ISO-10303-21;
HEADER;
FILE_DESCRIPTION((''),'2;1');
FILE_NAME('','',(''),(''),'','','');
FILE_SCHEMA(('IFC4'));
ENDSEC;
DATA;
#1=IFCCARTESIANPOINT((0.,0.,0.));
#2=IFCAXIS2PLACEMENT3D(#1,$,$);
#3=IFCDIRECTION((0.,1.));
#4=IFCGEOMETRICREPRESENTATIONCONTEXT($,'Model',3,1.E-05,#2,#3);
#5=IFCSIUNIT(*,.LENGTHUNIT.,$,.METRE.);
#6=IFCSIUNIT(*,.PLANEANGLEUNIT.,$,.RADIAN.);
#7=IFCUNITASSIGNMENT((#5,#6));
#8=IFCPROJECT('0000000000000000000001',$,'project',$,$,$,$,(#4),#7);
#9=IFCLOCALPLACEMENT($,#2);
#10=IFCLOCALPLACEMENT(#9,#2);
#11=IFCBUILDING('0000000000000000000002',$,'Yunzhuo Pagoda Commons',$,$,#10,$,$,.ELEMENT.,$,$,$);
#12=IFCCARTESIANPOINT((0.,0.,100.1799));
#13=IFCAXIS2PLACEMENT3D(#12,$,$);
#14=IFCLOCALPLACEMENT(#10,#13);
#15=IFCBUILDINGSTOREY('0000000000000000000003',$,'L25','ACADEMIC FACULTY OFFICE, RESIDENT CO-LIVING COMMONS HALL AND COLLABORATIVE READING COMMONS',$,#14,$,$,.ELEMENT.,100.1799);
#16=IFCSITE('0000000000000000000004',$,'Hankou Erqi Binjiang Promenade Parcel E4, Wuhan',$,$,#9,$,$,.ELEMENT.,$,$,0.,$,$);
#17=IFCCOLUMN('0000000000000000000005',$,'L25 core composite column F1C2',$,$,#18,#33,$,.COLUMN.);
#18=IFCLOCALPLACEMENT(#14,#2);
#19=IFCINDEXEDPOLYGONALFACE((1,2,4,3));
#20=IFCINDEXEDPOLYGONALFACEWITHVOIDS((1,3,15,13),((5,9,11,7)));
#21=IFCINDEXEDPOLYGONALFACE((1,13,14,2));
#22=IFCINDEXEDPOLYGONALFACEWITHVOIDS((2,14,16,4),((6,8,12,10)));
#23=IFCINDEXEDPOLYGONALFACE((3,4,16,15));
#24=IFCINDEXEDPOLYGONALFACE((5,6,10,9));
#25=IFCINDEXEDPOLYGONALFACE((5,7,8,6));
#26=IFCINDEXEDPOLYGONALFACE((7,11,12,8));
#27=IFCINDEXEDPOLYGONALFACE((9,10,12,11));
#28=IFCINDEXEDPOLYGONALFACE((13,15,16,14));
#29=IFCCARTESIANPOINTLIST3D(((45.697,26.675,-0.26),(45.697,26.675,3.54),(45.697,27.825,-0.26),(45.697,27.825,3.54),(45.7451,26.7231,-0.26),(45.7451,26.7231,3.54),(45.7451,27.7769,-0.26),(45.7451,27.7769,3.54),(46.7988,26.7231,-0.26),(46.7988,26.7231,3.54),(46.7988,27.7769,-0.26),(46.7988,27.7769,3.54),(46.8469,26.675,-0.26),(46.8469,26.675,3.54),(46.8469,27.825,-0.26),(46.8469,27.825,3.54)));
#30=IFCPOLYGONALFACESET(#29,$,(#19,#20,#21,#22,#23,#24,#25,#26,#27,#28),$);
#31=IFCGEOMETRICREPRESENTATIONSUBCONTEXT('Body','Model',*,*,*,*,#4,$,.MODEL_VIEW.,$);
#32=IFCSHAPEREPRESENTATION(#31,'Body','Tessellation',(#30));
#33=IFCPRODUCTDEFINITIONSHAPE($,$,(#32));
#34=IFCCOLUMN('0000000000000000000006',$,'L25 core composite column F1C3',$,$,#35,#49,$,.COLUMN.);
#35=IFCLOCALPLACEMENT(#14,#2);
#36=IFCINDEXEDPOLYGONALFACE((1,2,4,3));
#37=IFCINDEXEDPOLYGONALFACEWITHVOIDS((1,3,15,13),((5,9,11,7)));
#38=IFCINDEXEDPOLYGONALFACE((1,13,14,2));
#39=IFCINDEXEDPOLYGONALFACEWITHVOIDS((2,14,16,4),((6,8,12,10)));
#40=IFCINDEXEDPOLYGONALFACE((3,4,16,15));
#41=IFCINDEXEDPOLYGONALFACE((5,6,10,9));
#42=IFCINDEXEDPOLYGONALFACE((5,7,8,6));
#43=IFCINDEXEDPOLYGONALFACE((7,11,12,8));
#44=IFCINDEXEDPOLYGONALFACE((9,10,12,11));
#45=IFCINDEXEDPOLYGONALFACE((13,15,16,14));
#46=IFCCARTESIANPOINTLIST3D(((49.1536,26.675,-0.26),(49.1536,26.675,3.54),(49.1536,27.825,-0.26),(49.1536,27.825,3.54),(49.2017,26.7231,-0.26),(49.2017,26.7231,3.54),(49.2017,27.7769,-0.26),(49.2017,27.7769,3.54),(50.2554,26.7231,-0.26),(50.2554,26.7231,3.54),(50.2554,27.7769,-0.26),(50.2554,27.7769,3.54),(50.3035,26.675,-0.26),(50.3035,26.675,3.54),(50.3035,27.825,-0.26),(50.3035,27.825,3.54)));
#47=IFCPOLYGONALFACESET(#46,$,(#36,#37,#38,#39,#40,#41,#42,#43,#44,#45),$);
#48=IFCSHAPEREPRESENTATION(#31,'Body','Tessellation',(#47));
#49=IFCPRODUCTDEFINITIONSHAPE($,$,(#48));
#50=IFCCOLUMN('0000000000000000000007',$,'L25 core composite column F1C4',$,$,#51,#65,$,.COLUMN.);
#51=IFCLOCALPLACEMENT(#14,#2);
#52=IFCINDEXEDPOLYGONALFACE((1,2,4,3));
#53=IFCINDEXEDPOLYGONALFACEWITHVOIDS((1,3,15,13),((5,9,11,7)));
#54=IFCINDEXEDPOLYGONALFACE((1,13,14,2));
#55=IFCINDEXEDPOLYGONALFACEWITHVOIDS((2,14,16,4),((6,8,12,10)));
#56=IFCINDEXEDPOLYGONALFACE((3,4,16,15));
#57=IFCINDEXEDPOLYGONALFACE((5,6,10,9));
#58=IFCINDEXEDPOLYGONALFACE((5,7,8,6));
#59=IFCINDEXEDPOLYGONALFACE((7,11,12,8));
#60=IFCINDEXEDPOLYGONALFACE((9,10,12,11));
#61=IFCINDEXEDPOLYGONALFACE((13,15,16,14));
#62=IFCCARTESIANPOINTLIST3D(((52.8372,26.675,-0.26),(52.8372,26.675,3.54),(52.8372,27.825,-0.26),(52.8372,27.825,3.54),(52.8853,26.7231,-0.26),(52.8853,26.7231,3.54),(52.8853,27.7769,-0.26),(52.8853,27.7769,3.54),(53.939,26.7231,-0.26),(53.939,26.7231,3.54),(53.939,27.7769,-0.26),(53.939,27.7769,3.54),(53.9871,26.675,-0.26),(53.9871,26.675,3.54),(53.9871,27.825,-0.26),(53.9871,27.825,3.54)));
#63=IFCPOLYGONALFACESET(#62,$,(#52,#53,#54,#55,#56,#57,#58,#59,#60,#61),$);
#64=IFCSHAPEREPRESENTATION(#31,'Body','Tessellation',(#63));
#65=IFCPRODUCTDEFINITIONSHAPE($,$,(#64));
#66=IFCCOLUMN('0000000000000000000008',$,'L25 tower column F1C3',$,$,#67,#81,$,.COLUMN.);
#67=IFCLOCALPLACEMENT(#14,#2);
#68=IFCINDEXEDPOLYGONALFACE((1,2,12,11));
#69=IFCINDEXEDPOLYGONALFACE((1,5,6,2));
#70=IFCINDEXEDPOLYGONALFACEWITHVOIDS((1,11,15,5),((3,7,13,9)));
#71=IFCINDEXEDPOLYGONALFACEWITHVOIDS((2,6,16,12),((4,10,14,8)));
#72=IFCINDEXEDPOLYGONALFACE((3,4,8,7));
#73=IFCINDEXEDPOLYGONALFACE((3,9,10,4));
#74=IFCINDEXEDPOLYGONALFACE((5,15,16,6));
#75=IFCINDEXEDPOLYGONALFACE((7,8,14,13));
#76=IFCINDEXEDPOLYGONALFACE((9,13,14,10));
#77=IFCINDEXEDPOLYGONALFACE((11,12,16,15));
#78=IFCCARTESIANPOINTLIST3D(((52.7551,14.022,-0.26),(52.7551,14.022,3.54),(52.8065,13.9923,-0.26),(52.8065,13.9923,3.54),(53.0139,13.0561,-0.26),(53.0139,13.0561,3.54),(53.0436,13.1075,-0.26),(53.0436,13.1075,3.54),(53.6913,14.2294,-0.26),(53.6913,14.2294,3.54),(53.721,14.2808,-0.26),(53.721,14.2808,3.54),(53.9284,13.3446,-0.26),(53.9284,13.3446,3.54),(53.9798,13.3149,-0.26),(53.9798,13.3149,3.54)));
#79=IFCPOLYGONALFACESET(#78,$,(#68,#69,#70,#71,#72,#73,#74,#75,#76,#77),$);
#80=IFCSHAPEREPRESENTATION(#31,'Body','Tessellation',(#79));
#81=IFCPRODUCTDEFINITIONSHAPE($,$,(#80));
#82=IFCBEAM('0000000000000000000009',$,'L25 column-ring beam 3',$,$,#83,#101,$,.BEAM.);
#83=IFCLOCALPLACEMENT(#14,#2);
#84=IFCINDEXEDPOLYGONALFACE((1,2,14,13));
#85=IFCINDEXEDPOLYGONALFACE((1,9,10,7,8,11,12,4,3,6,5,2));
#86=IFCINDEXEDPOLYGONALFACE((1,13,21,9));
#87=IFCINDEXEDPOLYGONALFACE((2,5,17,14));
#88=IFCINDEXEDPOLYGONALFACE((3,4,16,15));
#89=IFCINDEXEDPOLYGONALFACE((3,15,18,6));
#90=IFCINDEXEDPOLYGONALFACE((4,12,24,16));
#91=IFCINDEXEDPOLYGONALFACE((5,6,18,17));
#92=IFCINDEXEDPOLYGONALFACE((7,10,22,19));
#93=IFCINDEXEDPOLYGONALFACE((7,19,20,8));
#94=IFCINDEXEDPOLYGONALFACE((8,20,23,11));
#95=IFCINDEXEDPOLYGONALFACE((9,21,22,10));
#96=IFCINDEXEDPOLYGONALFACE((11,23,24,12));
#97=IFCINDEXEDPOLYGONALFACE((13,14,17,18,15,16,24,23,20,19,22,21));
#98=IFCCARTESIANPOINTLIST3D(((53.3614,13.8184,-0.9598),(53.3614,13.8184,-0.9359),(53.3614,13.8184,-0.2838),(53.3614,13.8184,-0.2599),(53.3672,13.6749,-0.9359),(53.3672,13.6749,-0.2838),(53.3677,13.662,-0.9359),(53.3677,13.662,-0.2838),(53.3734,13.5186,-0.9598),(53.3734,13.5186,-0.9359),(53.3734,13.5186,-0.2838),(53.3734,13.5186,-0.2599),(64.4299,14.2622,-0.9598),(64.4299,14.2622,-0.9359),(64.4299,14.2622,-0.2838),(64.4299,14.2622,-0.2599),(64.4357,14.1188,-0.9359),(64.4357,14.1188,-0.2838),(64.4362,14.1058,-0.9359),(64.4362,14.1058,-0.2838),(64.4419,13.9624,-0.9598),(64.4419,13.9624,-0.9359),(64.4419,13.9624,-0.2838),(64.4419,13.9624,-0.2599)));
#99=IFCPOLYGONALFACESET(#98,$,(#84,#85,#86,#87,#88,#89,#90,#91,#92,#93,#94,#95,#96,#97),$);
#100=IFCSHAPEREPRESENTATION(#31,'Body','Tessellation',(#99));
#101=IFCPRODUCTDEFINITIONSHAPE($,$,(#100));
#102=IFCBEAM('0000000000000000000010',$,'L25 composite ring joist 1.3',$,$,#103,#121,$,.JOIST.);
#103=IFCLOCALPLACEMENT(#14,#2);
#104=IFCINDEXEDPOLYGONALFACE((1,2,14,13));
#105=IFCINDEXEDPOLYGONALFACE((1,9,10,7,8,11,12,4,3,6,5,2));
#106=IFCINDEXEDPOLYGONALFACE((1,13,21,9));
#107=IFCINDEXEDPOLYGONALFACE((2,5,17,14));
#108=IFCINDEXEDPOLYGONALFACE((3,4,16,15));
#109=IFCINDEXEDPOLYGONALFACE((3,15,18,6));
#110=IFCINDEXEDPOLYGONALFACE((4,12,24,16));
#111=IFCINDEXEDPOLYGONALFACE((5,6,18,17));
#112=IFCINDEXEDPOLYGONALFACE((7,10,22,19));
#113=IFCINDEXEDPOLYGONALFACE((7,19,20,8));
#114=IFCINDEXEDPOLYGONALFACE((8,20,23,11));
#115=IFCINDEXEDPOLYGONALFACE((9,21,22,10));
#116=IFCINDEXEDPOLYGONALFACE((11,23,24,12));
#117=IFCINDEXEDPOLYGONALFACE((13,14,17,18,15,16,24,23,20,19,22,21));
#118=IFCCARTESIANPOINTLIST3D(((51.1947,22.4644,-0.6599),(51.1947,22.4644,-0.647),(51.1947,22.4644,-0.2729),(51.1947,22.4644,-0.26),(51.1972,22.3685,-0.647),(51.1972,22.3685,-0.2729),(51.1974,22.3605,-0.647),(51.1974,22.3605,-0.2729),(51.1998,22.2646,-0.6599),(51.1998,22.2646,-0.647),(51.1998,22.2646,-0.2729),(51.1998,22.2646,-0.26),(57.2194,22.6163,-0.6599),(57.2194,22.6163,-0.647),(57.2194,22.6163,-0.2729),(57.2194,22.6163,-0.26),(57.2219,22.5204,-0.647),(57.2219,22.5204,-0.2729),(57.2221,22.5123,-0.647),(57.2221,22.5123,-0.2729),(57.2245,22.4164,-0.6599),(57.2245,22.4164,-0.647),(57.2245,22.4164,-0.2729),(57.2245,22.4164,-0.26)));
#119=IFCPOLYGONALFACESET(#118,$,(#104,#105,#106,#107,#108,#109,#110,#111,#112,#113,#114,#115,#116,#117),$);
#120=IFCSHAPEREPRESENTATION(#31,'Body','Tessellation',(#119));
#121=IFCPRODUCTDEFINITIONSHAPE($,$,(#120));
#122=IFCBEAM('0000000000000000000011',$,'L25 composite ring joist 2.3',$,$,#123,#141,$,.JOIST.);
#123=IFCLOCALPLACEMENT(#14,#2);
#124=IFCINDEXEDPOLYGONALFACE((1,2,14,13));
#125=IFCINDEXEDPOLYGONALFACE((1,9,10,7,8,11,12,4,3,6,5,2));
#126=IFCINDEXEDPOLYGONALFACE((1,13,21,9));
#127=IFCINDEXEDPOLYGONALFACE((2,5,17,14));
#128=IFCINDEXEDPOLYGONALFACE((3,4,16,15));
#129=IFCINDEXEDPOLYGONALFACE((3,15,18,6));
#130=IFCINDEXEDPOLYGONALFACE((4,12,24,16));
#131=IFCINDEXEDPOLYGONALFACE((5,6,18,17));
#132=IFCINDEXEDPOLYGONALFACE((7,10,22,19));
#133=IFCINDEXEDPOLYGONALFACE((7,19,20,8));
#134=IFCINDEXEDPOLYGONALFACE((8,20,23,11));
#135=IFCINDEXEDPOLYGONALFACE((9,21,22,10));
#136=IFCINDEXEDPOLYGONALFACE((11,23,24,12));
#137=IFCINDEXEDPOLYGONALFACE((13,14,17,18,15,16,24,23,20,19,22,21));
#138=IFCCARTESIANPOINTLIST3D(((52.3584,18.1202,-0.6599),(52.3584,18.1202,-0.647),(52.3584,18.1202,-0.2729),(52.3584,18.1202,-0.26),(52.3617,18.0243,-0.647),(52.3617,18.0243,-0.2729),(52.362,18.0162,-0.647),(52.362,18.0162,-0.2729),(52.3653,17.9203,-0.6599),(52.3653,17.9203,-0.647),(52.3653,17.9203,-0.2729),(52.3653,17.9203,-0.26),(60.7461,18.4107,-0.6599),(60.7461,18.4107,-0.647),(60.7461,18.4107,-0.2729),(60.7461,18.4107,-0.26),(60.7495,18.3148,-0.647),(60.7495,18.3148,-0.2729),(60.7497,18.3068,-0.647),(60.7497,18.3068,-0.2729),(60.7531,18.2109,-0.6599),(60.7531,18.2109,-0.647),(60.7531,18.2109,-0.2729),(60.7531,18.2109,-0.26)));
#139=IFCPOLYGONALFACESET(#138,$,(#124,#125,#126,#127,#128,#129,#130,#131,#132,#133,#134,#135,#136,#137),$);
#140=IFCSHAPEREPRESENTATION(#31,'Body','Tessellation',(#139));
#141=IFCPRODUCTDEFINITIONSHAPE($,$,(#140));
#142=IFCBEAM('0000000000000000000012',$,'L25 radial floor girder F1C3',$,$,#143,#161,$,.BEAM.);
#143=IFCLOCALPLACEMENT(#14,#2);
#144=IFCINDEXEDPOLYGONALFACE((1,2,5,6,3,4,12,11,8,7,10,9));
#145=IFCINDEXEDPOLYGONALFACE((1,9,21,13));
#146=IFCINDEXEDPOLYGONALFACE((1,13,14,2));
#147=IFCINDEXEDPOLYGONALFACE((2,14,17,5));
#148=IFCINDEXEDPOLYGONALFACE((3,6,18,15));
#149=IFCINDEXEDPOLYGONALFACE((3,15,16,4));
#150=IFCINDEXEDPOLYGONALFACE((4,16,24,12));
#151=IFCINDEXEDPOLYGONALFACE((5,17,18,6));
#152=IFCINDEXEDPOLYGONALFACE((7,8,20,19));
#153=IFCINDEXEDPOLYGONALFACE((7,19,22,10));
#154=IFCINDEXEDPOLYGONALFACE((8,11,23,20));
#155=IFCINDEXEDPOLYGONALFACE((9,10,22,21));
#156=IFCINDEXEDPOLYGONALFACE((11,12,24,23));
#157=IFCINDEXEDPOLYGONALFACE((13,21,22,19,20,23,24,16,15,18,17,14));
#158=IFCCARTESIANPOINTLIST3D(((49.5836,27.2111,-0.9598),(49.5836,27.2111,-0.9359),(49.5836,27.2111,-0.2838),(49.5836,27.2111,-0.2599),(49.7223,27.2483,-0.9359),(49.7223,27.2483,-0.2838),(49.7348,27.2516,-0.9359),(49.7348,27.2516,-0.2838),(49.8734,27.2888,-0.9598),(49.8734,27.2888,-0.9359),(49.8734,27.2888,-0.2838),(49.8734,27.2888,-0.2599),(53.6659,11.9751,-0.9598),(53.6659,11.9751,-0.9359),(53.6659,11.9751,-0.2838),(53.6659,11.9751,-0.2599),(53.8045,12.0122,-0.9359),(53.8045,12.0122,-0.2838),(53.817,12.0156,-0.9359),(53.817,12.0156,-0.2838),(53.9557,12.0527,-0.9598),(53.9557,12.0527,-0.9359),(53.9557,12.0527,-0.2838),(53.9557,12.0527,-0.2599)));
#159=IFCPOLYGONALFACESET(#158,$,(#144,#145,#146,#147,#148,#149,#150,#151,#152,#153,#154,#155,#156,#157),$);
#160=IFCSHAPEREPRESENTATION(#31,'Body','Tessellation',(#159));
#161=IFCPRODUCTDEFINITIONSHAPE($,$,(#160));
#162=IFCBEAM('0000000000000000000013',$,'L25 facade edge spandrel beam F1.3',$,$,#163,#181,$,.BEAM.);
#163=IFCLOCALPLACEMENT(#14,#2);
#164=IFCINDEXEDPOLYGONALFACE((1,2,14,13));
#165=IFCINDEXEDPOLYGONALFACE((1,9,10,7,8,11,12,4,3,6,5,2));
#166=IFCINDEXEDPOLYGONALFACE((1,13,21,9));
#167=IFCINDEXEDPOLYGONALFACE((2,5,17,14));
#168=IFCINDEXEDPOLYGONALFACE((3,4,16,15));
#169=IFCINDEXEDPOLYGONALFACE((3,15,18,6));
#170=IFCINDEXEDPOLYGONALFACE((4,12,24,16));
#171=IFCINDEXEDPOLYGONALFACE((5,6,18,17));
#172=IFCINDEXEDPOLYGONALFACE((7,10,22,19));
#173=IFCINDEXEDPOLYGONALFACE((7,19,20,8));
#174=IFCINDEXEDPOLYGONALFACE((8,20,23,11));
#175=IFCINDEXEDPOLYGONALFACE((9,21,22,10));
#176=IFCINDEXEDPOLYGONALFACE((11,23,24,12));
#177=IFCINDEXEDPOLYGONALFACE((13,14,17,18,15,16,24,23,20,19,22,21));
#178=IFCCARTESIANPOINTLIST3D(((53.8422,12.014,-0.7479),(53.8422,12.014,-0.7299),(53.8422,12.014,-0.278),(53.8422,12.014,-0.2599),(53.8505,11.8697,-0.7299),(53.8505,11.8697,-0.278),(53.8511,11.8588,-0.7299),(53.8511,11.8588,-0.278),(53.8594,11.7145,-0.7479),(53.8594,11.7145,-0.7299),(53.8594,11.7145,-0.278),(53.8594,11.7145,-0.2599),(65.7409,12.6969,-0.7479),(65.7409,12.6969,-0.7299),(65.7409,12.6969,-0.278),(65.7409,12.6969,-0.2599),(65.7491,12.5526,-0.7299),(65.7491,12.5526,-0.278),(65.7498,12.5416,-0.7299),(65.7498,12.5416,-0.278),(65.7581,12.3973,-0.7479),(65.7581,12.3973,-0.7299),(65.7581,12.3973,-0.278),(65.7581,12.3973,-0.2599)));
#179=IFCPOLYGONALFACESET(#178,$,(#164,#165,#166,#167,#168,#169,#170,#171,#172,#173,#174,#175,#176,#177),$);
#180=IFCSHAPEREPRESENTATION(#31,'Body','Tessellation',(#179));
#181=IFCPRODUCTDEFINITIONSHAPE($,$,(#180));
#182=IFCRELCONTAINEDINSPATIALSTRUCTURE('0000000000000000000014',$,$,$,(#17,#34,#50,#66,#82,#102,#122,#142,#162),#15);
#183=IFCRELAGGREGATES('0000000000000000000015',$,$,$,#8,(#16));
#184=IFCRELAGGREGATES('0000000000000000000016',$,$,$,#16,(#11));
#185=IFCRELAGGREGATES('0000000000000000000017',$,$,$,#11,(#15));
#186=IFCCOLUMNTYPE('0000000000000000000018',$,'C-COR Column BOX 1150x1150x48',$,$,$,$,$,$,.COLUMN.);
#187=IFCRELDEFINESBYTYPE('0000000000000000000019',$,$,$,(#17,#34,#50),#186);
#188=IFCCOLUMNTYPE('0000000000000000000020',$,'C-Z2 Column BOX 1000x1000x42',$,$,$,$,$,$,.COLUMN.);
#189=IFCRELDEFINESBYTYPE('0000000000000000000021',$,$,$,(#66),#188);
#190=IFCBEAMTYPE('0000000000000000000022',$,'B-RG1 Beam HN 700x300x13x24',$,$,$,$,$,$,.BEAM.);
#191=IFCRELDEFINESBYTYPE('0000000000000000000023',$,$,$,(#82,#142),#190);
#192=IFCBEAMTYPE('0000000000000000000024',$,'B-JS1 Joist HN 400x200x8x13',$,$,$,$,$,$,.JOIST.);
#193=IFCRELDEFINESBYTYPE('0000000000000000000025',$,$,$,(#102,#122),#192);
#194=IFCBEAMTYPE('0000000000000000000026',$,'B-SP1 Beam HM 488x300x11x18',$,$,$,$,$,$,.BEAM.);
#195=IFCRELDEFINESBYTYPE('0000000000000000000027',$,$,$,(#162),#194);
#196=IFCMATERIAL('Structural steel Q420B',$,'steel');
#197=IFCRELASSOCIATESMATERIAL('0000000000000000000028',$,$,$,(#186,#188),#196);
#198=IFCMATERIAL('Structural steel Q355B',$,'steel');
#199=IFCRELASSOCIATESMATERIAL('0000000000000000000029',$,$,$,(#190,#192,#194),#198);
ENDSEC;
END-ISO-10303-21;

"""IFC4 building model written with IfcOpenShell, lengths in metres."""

from ifc_helpers import new_model, si_unit, direction, frame, origin, origin_2d, place, context, subcontext, project, spatial, hollow_rectangle, i_section, extrude, source, transform, mapped, material, material_profile, profile_set, type_object, element, save


model = new_model("IFC4")

# Units and contexts
model_context = context("Model", 3, precision=1e-05, world=origin(), true_north=direction((0.0, 1.0)))
body_context = subcontext(model_context, "Body", "Model", "MODEL_VIEW")
ifc_project = project(units=[si_unit("LENGTHUNIT", "METRE"), si_unit("PLANEANGLEUNIT", "RADIAN")], contexts=[model_context])

# Site, building, storey
site_placement = place(None, origin())
site = spatial("IfcSite", under=ifc_project, at=site_placement, Name="Hankou Erqi Binjiang Promenade Parcel E4, Wuhan", CompositionType="ELEMENT", RefElevation=0.0)
building_placement = place(site_placement, origin())
building = spatial("IfcBuilding", under=site, at=building_placement, Name="Yunzhuo Pagoda Commons", CompositionType="ELEMENT")
storey_placement = place(building_placement, frame((0.0, 0.0, 100.1799)))
storey = spatial("IfcBuildingStorey", under=building, at=storey_placement, Name="L25", Description="ACADEMIC FACULTY OFFICE, RESIDENT CO-LIVING COMMONS HALL AND COLLABORATIVE READING COMMONS", CompositionType="ELEMENT", Elevation=100.1799)

# Columns
ifc_material_1 = material(Name="Structural steel Q420B", Category="steel")
ifc_material_profile_1 = material_profile(ifc_material_1, hollow_rectangle(XDim=1.1499, YDim=1.1499, WallThickness=0.0481, at=origin_2d()), Name="Structural steel Q420B")
ifc_profile_set_1 = profile_set([ifc_material_profile_1], Name="Structural steel Q420B")
column_type_1 = type_object("IfcColumnType", Name="C-COR Column BOX 1150x1150x48", PredefinedType="COLUMN", material=ifc_profile_set_1)
shared_shape_1 = source(origin(), body_context, "Body", "SweptSolid", [
    extrude(hollow_rectangle(XDim=1.1499, YDim=1.1499, WallThickness=0.0481, at=origin_2d()), origin(), (0.0, 0.0, 1.0), 3.8),
])
for number, where, z_axis, x_axis, name in (
    (1, (46.272, 27.25, -0.26), (0.0, 0.0, 1.0), (1.0, 0.0, 0.0), "L25 core composite column F1C2"),
    (2, (49.7285, 27.25, -0.26), (0.0, 0.0, 1.0), (1.0, 0.0, 0.0), "L25 core composite column F1C3"),
    (3, (53.4121, 27.25, -0.26), (0.0, 0.0, 1.0), (1.0, 0.0, 0.0), "L25 core composite column F1C4"),
):
    element("IfcColumn", number, at=place(storey_placement, frame(where, z_axis=z_axis, x_axis=x_axis)), inside=storey, type_object=column_type_1, Name=name, PredefinedType="COLUMN", context=body_context, shape_type="MappedRepresentation", body=[
        mapped(shared_shape_1, transform((0.0, 0.0, 0.0), scale=1.0)),
    ])
ifc_material_profile_2 = material_profile(ifc_material_1, hollow_rectangle(XDim=1.0, YDim=1.0, WallThickness=0.042, at=origin_2d()), Name="Structural steel Q420B")
ifc_profile_set_2 = profile_set([ifc_material_profile_2], Name="Structural steel Q420B")
column_type_2 = type_object("IfcColumnType", Name="C-Z2 Column BOX 1000x1000x42", PredefinedType="COLUMN", material=ifc_profile_set_2)
shared_shape_2 = source(origin(), body_context, "Body", "SweptSolid", [
    extrude(hollow_rectangle(XDim=1.0, YDim=1.0, WallThickness=0.042, at=origin_2d()), origin(), (0.0, 0.0, 1.0), 3.8),
])
column_placement = place(storey_placement, frame((53.3674, 13.6685, -0.26), z_axis=(0.0, 0.0, 1.0), x_axis=(0.965926, 0.258819, 0.0)))
element("IfcColumn", 4, at=column_placement, inside=storey, type_object=column_type_2, Name="L25 tower column F1C3", PredefinedType="COLUMN", context=body_context, shape_type="MappedRepresentation", body=[
    mapped(shared_shape_2, transform((0.0, 0.0, 0.0), scale=1.0)),
])

# Beams
ifc_material_2 = material(Name="Structural steel Q355B", Category="steel")
ifc_material_profile_3 = material_profile(ifc_material_2, i_section(OverallWidth=0.3, OverallDepth=0.7, WebThickness=0.0129, FlangeThickness=0.0239, at=origin_2d()), Name="Structural steel Q355B")
ifc_profile_set_3 = profile_set([ifc_material_profile_3], Name="Structural steel Q355B")
beam_type_1 = type_object("IfcBeamType", Name="B-RG1 Beam HN 700x300x13x24", PredefinedType="BEAM", material=ifc_profile_set_3)
shared_shape_3 = source(origin(), body_context, "Body", "SweptSolid", [
    extrude(i_section(OverallWidth=0.3, OverallDepth=0.7, WebThickness=0.0129, FlangeThickness=0.0239, at=origin_2d()), origin(), (0.0, 0.0, 1.0), 11.0774),
])
beam_1_placement = place(storey_placement, frame((53.3674, 13.6685, -0.6099), z_axis=(0.999197, 0.040067, 0.0), x_axis=(-0.040067, 0.999197, 0.0)))
element("IfcBeam", 5, at=beam_1_placement, inside=storey, type_object=beam_type_1, Name="L25 column-ring beam 3", PredefinedType="BEAM", context=body_context, shape_type="MappedRepresentation", body=[
    mapped(shared_shape_3, transform((0.0, 0.0, 0.0), scale=1.0)),
])
ifc_material_profile_4 = material_profile(ifc_material_2, i_section(OverallWidth=0.2, OverallDepth=0.3999, WebThickness=0.0081, FlangeThickness=0.0129, at=origin_2d()), Name="Structural steel Q355B")
ifc_profile_set_4 = profile_set([ifc_material_profile_4], Name="Structural steel Q355B")
beam_type_2 = type_object("IfcBeamType", Name="B-JS1 Joist HN 400x200x8x13", PredefinedType="JOIST", material=ifc_profile_set_4)
shared_shape_4 = source(origin(), body_context, "Body", "SweptSolid", [
    extrude(i_section(OverallWidth=0.2, OverallDepth=0.3999, WebThickness=0.0081, FlangeThickness=0.0129, at=origin_2d()), origin(), (0.0, 0.0, 1.0), 6.0266),
])
beam_2_placement = place(storey_placement, frame((51.1973, 22.3645, -0.46), z_axis=(0.999682, 0.025198, 0.0), x_axis=(-0.025198, 0.999682, 0.0)))
element("IfcBeam", 6, at=beam_2_placement, inside=storey, type_object=beam_type_2, Name="L25 composite ring joist 1.3", PredefinedType="JOIST", context=body_context, shape_type="MappedRepresentation", body=[
    mapped(shared_shape_4, transform((0.0, 0.0, 0.0), scale=1.0)),
])
shared_shape_5 = source(origin(), body_context, "Body", "SweptSolid", [
    extrude(i_section(OverallWidth=0.2, OverallDepth=0.3999, WebThickness=0.0081, FlangeThickness=0.0129, at=origin_2d()), origin(), (0.0, 0.0, 1.0), 8.3928),
])
beam_3_placement = place(storey_placement, frame((52.3618, 18.0203, -0.46), z_axis=(0.999401, 0.034617, 0.0), x_axis=(-0.034617, 0.999401, 0.0)))
element("IfcBeam", 7, at=beam_3_placement, inside=storey, type_object=beam_type_2, Name="L25 composite ring joist 2.3", PredefinedType="JOIST", context=body_context, shape_type="MappedRepresentation", body=[
    mapped(shared_shape_5, transform((0.0, 0.0, 0.0), scale=1.0)),
])
shared_shape_6 = source(origin(), body_context, "Body", "SweptSolid", [
    extrude(i_section(OverallWidth=0.3, OverallDepth=0.7, WebThickness=0.0129, FlangeThickness=0.0239, at=origin_2d()), origin(), (0.0, 0.0, 1.0), 15.7734),
])
beam_4_placement = place(storey_placement, frame((53.8108, 12.0139, -0.6099), z_axis=(-0.258806, 0.965929, 0.0), x_axis=(-0.965929, -0.258806, 0.0)))
element("IfcBeam", 8, at=beam_4_placement, inside=storey, type_object=beam_type_1, Name="L25 radial floor girder F1C3", PredefinedType="BEAM", context=body_context, shape_type="MappedRepresentation", body=[
    mapped(shared_shape_6, transform((0.0, 0.0, 0.0), scale=1.0)),
])
ifc_material_profile_5 = material_profile(ifc_material_2, i_section(OverallWidth=0.3, OverallDepth=0.488, WebThickness=0.011, FlangeThickness=0.0181, at=origin_2d()), Name="Structural steel Q355B")
ifc_profile_set_5 = profile_set([ifc_material_profile_5], Name="Structural steel Q355B")
beam_type_3 = type_object("IfcBeamType", Name="B-SP1 Beam HM 488x300x11x18", PredefinedType="BEAM", material=ifc_profile_set_5)
shared_shape_7 = source(origin(), body_context, "Body", "SweptSolid", [
    extrude(i_section(OverallWidth=0.3, OverallDepth=0.488, WebThickness=0.011, FlangeThickness=0.0181, at=origin_2d()), origin(), (0.0, 0.0, 1.0), 11.9182),
])
beam_5_placement = place(storey_placement, frame((53.8508, 11.8643, -0.5039), z_axis=(0.998357, 0.057295, 0.0), x_axis=(-0.057295, 0.998357, 0.0)))
element("IfcBeam", 9, at=beam_5_placement, inside=storey, type_object=beam_type_3, Name="L25 facade edge spandrel beam F1.3", PredefinedType="BEAM", context=body_context, shape_type="MappedRepresentation", body=[
    mapped(shared_shape_7, transform((0.0, 0.0, 0.0), scale=1.0)),
])

save(model, "model.ifc")
